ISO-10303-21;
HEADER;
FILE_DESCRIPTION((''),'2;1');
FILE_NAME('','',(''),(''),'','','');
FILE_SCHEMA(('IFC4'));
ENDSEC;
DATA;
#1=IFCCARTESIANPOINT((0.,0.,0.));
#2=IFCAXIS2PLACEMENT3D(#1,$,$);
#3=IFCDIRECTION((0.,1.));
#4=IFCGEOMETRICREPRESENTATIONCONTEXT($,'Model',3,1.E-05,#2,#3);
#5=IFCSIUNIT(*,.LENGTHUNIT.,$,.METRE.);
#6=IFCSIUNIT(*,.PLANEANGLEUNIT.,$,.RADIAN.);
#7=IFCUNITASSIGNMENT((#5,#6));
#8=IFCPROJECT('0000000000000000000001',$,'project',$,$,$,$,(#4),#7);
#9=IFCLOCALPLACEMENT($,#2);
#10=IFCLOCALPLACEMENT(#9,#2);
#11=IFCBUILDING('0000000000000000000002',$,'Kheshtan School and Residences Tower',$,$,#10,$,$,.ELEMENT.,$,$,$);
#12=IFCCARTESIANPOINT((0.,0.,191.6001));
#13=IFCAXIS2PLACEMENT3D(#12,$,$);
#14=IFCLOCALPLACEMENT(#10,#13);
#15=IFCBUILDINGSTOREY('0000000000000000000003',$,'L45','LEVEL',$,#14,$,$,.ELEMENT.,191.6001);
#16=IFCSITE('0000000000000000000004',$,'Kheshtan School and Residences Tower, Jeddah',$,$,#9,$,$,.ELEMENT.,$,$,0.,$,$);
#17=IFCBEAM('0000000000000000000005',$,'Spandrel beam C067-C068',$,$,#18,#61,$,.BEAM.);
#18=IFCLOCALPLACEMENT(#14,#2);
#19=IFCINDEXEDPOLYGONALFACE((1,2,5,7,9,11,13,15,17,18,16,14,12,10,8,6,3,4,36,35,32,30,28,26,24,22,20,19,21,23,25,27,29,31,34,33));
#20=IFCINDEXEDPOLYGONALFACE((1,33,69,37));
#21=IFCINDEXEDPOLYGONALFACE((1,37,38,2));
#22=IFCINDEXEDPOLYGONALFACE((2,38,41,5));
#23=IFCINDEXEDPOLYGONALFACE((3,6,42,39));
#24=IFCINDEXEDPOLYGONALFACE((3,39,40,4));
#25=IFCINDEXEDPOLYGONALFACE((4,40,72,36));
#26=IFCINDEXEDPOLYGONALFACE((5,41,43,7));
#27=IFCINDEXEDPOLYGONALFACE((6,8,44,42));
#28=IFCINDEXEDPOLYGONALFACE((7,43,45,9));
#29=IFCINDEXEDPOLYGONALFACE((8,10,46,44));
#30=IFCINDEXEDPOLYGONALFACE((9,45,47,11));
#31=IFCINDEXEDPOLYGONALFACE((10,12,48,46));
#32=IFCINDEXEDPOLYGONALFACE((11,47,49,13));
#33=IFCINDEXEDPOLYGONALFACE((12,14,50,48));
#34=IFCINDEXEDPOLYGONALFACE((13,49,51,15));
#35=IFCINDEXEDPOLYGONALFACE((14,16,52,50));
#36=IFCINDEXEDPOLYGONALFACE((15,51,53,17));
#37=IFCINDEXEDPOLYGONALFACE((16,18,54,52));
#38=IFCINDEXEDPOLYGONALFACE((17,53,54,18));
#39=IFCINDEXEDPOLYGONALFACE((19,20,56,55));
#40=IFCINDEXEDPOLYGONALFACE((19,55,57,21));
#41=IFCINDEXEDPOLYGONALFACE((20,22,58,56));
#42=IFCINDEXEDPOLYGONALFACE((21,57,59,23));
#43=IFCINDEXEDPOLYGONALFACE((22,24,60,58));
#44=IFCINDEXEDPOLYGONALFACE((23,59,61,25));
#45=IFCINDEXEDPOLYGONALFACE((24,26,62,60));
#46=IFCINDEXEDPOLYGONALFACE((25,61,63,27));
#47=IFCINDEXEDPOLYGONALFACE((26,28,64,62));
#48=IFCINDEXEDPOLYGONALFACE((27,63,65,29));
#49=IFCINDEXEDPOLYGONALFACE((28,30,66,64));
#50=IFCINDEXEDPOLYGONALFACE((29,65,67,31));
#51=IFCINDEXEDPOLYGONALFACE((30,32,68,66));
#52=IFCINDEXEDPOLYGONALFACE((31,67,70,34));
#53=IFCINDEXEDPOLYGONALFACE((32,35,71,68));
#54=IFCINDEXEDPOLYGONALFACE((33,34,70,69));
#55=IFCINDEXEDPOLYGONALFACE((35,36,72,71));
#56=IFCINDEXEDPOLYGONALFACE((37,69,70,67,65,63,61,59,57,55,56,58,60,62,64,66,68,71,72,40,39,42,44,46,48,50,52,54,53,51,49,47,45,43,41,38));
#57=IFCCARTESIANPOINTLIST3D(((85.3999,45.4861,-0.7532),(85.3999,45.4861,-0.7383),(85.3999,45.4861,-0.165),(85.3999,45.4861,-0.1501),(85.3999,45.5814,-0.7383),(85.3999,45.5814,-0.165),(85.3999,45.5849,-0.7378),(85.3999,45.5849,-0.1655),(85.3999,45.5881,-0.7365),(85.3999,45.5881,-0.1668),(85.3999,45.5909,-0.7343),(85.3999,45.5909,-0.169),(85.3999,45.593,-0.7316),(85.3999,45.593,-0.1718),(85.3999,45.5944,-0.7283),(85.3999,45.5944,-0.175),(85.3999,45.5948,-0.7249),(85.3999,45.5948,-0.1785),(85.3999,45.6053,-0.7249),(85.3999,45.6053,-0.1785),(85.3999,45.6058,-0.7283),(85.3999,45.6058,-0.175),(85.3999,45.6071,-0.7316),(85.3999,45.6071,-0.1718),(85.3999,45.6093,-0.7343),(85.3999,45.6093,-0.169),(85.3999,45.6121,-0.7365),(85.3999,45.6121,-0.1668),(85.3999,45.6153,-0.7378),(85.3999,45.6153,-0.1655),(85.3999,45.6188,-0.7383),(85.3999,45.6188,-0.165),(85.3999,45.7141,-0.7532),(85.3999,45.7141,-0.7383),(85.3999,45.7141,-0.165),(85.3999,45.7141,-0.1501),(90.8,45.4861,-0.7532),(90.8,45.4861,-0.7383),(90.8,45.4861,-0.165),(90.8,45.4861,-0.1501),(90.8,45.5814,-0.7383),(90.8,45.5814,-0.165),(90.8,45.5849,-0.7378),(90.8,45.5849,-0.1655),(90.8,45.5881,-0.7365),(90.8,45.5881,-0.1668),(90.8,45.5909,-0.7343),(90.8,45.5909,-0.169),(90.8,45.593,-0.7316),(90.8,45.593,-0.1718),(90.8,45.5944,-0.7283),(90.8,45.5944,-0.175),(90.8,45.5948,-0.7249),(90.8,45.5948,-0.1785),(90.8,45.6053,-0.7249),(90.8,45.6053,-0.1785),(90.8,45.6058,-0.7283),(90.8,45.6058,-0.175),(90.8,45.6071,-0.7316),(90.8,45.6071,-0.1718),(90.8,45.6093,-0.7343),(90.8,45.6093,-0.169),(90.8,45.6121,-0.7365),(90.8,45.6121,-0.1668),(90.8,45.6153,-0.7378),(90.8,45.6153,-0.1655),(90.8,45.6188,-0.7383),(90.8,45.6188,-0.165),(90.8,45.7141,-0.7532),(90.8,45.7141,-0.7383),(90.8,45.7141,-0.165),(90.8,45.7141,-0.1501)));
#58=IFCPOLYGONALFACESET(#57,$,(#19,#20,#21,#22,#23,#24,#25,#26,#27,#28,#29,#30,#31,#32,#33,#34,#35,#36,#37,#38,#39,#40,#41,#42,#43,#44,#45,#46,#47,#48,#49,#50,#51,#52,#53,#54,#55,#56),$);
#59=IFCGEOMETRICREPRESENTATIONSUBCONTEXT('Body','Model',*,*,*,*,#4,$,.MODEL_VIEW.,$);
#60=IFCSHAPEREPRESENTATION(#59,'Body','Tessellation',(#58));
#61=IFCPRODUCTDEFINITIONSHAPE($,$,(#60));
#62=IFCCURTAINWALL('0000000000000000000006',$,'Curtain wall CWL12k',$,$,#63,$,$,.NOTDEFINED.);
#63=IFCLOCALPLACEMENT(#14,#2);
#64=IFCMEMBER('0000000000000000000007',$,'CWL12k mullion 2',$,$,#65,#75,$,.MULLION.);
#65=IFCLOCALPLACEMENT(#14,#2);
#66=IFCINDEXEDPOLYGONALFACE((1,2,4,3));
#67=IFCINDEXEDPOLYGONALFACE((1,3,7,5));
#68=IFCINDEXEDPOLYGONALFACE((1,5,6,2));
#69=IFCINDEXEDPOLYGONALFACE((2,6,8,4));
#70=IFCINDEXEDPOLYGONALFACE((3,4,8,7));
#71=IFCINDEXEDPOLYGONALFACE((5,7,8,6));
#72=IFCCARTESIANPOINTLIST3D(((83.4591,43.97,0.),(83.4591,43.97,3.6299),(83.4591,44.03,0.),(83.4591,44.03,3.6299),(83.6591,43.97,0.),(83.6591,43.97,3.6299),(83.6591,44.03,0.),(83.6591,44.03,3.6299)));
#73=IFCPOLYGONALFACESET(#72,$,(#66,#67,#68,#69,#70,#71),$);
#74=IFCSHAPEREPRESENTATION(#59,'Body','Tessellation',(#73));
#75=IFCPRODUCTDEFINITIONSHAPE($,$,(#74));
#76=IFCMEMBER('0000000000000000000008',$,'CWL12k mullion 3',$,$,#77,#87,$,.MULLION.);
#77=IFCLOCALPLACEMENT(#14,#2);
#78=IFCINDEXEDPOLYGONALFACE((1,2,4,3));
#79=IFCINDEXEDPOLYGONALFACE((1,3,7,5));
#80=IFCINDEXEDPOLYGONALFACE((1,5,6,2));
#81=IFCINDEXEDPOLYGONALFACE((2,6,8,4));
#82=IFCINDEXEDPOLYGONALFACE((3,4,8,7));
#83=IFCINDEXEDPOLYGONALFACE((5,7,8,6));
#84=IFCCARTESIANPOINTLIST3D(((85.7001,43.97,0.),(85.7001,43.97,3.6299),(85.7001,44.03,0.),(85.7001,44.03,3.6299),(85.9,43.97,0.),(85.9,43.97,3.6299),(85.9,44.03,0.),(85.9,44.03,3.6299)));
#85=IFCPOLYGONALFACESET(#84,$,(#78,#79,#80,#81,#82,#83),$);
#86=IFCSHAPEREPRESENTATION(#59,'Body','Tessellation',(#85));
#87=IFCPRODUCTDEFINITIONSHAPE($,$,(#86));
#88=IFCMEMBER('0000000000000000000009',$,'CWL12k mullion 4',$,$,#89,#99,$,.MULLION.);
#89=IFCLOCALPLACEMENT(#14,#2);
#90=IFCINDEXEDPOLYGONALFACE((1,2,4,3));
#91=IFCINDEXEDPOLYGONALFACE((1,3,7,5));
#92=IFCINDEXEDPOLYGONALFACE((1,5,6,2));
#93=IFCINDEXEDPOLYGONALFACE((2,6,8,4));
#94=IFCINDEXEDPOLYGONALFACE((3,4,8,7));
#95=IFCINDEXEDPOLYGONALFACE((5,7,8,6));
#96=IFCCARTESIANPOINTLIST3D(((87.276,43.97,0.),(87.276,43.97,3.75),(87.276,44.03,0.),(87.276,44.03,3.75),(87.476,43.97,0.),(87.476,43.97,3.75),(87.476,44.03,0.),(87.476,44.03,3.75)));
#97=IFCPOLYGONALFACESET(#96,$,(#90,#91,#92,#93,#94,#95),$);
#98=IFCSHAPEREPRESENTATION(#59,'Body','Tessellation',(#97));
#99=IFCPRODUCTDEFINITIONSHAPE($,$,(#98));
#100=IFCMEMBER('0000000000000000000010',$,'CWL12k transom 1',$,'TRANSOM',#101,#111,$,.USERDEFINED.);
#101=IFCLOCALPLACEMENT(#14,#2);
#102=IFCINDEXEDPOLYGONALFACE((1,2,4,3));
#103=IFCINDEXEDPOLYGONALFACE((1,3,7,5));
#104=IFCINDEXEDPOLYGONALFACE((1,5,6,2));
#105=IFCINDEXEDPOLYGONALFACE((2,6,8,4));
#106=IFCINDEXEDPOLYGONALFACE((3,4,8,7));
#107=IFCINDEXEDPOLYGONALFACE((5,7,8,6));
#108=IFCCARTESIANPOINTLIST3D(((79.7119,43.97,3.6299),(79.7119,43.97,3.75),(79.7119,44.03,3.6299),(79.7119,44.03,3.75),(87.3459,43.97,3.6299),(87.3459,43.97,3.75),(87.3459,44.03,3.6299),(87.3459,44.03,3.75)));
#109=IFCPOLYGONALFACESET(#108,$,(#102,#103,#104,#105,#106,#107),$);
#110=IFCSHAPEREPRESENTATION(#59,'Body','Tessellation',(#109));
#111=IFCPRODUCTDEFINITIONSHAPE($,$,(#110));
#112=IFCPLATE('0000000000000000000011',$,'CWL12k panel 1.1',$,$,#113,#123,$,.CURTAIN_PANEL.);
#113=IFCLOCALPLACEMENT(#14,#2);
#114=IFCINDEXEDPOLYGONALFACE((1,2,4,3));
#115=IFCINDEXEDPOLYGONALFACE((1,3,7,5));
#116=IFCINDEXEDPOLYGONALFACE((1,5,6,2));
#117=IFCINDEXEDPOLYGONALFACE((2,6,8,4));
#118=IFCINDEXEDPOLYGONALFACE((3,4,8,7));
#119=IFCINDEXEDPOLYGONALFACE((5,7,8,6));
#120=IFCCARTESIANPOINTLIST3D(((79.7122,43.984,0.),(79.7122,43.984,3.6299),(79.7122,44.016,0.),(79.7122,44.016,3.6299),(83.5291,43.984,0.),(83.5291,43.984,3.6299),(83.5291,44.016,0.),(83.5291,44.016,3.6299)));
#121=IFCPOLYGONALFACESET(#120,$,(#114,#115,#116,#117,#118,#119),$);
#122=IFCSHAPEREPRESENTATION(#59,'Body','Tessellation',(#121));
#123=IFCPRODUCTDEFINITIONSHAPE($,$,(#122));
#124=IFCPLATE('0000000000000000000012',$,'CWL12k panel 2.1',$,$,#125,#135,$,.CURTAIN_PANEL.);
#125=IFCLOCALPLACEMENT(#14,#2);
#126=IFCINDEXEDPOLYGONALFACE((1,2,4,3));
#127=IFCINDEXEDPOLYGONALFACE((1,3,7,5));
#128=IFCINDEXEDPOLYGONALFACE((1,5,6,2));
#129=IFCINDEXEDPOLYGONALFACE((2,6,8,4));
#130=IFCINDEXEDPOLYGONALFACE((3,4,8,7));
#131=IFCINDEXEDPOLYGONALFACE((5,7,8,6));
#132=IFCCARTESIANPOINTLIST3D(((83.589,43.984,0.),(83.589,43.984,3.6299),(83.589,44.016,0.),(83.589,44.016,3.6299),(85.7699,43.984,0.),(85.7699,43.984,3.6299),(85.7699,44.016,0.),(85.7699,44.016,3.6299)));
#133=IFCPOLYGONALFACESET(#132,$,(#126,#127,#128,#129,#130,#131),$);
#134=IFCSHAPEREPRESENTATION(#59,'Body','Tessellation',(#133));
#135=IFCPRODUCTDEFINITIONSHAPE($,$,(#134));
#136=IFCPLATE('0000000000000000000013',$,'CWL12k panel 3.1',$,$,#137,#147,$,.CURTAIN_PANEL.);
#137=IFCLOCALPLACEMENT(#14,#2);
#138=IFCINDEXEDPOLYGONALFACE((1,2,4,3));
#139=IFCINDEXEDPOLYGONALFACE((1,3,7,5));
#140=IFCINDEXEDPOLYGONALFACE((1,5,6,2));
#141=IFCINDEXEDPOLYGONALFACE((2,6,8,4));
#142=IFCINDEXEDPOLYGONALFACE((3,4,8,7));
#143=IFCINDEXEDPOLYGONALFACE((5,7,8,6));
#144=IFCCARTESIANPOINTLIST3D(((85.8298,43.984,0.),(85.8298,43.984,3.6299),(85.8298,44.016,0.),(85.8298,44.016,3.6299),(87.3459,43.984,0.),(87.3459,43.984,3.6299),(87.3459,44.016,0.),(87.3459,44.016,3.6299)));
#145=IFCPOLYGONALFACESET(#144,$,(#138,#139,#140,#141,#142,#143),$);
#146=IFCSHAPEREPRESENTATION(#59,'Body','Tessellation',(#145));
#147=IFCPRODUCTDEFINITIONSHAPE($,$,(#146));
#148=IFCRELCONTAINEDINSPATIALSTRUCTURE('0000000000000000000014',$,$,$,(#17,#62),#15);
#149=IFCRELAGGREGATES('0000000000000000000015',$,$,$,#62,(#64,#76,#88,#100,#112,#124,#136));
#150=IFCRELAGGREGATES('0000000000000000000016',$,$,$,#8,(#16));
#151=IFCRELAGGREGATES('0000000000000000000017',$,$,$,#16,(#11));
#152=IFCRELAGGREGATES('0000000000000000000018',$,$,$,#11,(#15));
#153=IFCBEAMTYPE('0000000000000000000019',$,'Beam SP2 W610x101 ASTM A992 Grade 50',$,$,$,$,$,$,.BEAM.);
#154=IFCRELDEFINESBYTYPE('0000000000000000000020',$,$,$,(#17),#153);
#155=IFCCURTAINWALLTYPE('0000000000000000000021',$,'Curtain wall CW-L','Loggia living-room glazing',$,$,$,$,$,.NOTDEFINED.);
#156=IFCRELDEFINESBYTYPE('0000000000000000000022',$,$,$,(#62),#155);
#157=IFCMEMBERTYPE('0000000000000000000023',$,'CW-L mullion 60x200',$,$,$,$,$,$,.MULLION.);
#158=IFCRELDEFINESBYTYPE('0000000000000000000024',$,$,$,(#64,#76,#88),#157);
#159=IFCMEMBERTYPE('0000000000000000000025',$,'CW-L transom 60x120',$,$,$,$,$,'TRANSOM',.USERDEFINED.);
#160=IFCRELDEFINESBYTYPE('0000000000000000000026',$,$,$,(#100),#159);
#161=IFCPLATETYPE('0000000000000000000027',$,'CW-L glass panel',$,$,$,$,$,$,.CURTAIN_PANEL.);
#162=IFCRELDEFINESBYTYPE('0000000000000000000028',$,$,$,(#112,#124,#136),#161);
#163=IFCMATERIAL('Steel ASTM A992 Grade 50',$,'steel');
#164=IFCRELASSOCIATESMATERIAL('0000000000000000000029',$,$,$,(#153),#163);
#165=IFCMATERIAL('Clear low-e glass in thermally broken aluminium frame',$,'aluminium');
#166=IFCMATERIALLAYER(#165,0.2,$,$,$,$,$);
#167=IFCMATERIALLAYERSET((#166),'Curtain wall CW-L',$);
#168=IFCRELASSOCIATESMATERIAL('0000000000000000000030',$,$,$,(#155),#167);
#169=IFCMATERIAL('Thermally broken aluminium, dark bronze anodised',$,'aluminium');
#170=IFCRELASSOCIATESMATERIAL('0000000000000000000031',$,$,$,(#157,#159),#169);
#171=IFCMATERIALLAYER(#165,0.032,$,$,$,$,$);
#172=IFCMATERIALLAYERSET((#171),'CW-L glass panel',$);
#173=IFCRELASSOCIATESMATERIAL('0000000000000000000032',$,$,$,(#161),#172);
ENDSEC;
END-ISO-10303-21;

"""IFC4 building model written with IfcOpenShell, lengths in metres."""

from ifc_helpers import new_model, si_unit, direction, frame, origin, origin_2d, place, context, subcontext, project, spatial, rectangle, i_section, extrude, material, layer, layer_set, material_profile, profile_set, type_object, element, aggregate, save


model = new_model("IFC4")

# Units and contexts
model_context = context("Model", 3, precision=1e-05, world=origin(), true_north=direction((0.0, 1.0)))
body_context = subcontext(model_context, "Body", "Model", "MODEL_VIEW")
ifc_project = project(units=[si_unit("LENGTHUNIT", "METRE"), si_unit("PLANEANGLEUNIT", "RADIAN")], contexts=[model_context])

# Site, building, storey
site_placement = place(None, origin())
site = spatial("IfcSite", under=ifc_project, at=site_placement, Name="Kheshtan School and Residences Tower, Jeddah", CompositionType="ELEMENT", RefElevation=0.0)
building_placement = place(site_placement, origin())
building = spatial("IfcBuilding", under=site, at=building_placement, Name="Kheshtan School and Residences Tower", CompositionType="ELEMENT")
storey_placement = place(building_placement, frame((0.0, 0.0, 191.6001)))
storey = spatial("IfcBuildingStorey", under=building, at=storey_placement, Name="L45", Description="LEVEL", CompositionType="ELEMENT", Elevation=191.6001)

# Shared definitions
ifc_material_1 = material(Name="Steel ASTM A992 Grade 50", Category="steel")

# Beam
ifc_material_profile_1 = material_profile(ifc_material_1, i_section(OverallWidth=0.228, OverallDepth=0.603, WebThickness=0.0105, FlangeThickness=0.0149, FilletRadius=0.0134, at=origin_2d()), Name="W610x101")
ifc_profile_set_1 = profile_set([ifc_material_profile_1], Name="Steel ASTM A992 Grade 50")
beam_type_1 = type_object("IfcBeamType", Name="Beam SP2 W610x101 ASTM A992 Grade 50", PredefinedType="BEAM", material=ifc_profile_set_1)
beam_1_placement = place(storey_placement, frame((85.3999, 45.6001, -0.4517), z_axis=(1.0, 0.0, 0.0), x_axis=(0.0, 1.0, 0.0)))
element("IfcBeam", 1, at=beam_1_placement, inside=storey, type_object=beam_type_1, Name="Spandrel beam C067-C068", PredefinedType="BEAM", context=body_context, shape_type="SweptSolid", body=[
    extrude(i_section(OverallWidth=0.228, OverallDepth=0.603, WebThickness=0.0105, FlangeThickness=0.0149, FilletRadius=0.0134, at=origin_2d()), origin(), (0.0, 0.0, 1.0), 5.4001),
])

# Curtain wall, members, plates
ifc_material_2 = material(Name="Clear low-e glass in thermally broken aluminium frame", Category="aluminium")
ifc_layer_1 = layer(ifc_material_2, 0.2)
ifc_layer_set_1 = layer_set([ifc_layer_1], Name="Curtain wall CW-L")
curtain_wall_type = type_object("IfcCurtainWallType", Name="Curtain wall CW-L", Description="Loggia living-room glazing", PredefinedType="NOTDEFINED", material=ifc_layer_set_1)
curtain_wall_placement = place(storey_placement, origin())
curtain_wall = element("IfcCurtainWall", 2, at=curtain_wall_placement, inside=storey, type_object=curtain_wall_type, Name="Curtain wall CWL12k", PredefinedType="NOTDEFINED")
ifc_material_3 = material(Name="Thermally broken aluminium, dark bronze anodised", Category="aluminium")
ifc_material_profile_2 = material_profile(ifc_material_3, rectangle(XDim=0.0601, YDim=0.2, at=origin_2d()), Name="CW-L mullion 60x200")
ifc_profile_set_2 = profile_set([ifc_material_profile_2], Name="Thermally broken aluminium, dark bronze anodised")
member_type_1 = type_object("IfcMemberType", Name="CW-L mullion 60x200", PredefinedType="MULLION", material=ifc_profile_set_2)
member_1_placement = place(storey_placement, frame((83.5591, 44.0, 0.0), z_axis=(0.0, 0.0, 1.0), x_axis=(0.0, 1.0, 0.0)))
member_1 = element("IfcMember", 3, at=member_1_placement, type_object=member_type_1, Name="CWL12k mullion 2", PredefinedType="MULLION", context=body_context, shape_type="SweptSolid", body=[
    extrude(rectangle(XDim=0.0601, YDim=0.2, at=origin_2d()), origin(), (0.0, 0.0, 1.0), 3.6299),
])
member_2_placement = place(storey_placement, frame((85.8, 44.0, 0.0), z_axis=(0.0, 0.0, 1.0), x_axis=(0.0, 1.0, 0.0)))
member_2 = element("IfcMember", 4, at=member_2_placement, type_object=member_type_1, Name="CWL12k mullion 3", PredefinedType="MULLION", context=body_context, shape_type="SweptSolid", body=[
    extrude(rectangle(XDim=0.0601, YDim=0.2, at=origin_2d()), origin(), (0.0, 0.0, 1.0), 3.6299),
])
member_3_placement = place(storey_placement, frame((87.376, 44.0, 0.0), z_axis=(0.0, 0.0, 1.0), x_axis=(0.0, 1.0, 0.0)))
member_3 = element("IfcMember", 5, at=member_3_placement, type_object=member_type_1, Name="CWL12k mullion 4", PredefinedType="MULLION", context=body_context, shape_type="SweptSolid", body=[
    extrude(rectangle(XDim=0.0601, YDim=0.2, at=origin_2d()), origin(), (0.0, 0.0, 1.0), 3.75),
])
ifc_material_profile_3 = material_profile(ifc_material_3, rectangle(XDim=0.0601, YDim=0.1201, at=origin_2d()), Name="CW-L transom 60x120")
ifc_profile_set_3 = profile_set([ifc_material_profile_3], Name="Thermally broken aluminium, dark bronze anodised")
member_type_2 = type_object("IfcMemberType", Name="CW-L transom 60x120", ElementType="TRANSOM", PredefinedType="USERDEFINED", material=ifc_profile_set_3)
member_4_placement = place(storey_placement, frame((79.7119, 44.0, 3.6899), z_axis=(1.0, 0.0, 0.0), x_axis=(0.0, 1.0, 0.0)))
member_4 = element("IfcMember", 6, at=member_4_placement, type_object=member_type_2, Name="CWL12k transom 1", ObjectType="TRANSOM", PredefinedType="USERDEFINED", context=body_context, shape_type="SweptSolid", body=[
    extrude(rectangle(XDim=0.0601, YDim=0.1201, at=origin_2d()), origin(), (0.0, 0.0, 1.0), 7.634),
])
ifc_layer_2 = layer(ifc_material_2, 0.032)
ifc_layer_set_2 = layer_set([ifc_layer_2], Name="CW-L glass panel")
plate_type = type_object("IfcPlateType", Name="CW-L glass panel", PredefinedType="CURTAIN_PANEL", material=ifc_layer_set_2)
plate_1_placement = place(storey_placement, frame((81.6206, 44.0, 0.0), z_axis=(0.0, 0.0, 1.0), x_axis=(1.0, 0.0, 0.0)))
plate_1 = element("IfcPlate", 7, at=plate_1_placement, type_object=plate_type, Name="CWL12k panel 1.1", PredefinedType="CURTAIN_PANEL", context=body_context, shape_type="SweptSolid", body=[
    extrude(rectangle(XDim=3.8169, YDim=0.032, at=origin_2d()), origin(), (0.0, 0.0, 1.0), 3.6299),
])
plate_2_placement = place(storey_placement, frame((84.6794, 44.0, 0.0), z_axis=(0.0, 0.0, 1.0), x_axis=(1.0, 0.0, 0.0)))
plate_2 = element("IfcPlate", 8, at=plate_2_placement, type_object=plate_type, Name="CWL12k panel 2.1", PredefinedType="CURTAIN_PANEL", context=body_context, shape_type="SweptSolid", body=[
    extrude(rectangle(XDim=2.1809, YDim=0.032, at=origin_2d()), origin(), (0.0, 0.0, 1.0), 3.6299),
])
plate_3_placement = place(storey_placement, frame((86.5879, 44.0, 0.0), z_axis=(0.0, 0.0, 1.0), x_axis=(1.0, 0.0, 0.0)))
plate_3 = element("IfcPlate", 9, at=plate_3_placement, type_object=plate_type, Name="CWL12k panel 3.1", PredefinedType="CURTAIN_PANEL", context=body_context, shape_type="SweptSolid", body=[
    extrude(rectangle(XDim=1.5161, YDim=0.032, at=origin_2d()), origin(), (0.0, 0.0, 1.0), 3.6299),
])
aggregate(curtain_wall, [member_1, member_2, member_3, member_4, plate_1, plate_2, plate_3])

save(model, "model.ifc")
